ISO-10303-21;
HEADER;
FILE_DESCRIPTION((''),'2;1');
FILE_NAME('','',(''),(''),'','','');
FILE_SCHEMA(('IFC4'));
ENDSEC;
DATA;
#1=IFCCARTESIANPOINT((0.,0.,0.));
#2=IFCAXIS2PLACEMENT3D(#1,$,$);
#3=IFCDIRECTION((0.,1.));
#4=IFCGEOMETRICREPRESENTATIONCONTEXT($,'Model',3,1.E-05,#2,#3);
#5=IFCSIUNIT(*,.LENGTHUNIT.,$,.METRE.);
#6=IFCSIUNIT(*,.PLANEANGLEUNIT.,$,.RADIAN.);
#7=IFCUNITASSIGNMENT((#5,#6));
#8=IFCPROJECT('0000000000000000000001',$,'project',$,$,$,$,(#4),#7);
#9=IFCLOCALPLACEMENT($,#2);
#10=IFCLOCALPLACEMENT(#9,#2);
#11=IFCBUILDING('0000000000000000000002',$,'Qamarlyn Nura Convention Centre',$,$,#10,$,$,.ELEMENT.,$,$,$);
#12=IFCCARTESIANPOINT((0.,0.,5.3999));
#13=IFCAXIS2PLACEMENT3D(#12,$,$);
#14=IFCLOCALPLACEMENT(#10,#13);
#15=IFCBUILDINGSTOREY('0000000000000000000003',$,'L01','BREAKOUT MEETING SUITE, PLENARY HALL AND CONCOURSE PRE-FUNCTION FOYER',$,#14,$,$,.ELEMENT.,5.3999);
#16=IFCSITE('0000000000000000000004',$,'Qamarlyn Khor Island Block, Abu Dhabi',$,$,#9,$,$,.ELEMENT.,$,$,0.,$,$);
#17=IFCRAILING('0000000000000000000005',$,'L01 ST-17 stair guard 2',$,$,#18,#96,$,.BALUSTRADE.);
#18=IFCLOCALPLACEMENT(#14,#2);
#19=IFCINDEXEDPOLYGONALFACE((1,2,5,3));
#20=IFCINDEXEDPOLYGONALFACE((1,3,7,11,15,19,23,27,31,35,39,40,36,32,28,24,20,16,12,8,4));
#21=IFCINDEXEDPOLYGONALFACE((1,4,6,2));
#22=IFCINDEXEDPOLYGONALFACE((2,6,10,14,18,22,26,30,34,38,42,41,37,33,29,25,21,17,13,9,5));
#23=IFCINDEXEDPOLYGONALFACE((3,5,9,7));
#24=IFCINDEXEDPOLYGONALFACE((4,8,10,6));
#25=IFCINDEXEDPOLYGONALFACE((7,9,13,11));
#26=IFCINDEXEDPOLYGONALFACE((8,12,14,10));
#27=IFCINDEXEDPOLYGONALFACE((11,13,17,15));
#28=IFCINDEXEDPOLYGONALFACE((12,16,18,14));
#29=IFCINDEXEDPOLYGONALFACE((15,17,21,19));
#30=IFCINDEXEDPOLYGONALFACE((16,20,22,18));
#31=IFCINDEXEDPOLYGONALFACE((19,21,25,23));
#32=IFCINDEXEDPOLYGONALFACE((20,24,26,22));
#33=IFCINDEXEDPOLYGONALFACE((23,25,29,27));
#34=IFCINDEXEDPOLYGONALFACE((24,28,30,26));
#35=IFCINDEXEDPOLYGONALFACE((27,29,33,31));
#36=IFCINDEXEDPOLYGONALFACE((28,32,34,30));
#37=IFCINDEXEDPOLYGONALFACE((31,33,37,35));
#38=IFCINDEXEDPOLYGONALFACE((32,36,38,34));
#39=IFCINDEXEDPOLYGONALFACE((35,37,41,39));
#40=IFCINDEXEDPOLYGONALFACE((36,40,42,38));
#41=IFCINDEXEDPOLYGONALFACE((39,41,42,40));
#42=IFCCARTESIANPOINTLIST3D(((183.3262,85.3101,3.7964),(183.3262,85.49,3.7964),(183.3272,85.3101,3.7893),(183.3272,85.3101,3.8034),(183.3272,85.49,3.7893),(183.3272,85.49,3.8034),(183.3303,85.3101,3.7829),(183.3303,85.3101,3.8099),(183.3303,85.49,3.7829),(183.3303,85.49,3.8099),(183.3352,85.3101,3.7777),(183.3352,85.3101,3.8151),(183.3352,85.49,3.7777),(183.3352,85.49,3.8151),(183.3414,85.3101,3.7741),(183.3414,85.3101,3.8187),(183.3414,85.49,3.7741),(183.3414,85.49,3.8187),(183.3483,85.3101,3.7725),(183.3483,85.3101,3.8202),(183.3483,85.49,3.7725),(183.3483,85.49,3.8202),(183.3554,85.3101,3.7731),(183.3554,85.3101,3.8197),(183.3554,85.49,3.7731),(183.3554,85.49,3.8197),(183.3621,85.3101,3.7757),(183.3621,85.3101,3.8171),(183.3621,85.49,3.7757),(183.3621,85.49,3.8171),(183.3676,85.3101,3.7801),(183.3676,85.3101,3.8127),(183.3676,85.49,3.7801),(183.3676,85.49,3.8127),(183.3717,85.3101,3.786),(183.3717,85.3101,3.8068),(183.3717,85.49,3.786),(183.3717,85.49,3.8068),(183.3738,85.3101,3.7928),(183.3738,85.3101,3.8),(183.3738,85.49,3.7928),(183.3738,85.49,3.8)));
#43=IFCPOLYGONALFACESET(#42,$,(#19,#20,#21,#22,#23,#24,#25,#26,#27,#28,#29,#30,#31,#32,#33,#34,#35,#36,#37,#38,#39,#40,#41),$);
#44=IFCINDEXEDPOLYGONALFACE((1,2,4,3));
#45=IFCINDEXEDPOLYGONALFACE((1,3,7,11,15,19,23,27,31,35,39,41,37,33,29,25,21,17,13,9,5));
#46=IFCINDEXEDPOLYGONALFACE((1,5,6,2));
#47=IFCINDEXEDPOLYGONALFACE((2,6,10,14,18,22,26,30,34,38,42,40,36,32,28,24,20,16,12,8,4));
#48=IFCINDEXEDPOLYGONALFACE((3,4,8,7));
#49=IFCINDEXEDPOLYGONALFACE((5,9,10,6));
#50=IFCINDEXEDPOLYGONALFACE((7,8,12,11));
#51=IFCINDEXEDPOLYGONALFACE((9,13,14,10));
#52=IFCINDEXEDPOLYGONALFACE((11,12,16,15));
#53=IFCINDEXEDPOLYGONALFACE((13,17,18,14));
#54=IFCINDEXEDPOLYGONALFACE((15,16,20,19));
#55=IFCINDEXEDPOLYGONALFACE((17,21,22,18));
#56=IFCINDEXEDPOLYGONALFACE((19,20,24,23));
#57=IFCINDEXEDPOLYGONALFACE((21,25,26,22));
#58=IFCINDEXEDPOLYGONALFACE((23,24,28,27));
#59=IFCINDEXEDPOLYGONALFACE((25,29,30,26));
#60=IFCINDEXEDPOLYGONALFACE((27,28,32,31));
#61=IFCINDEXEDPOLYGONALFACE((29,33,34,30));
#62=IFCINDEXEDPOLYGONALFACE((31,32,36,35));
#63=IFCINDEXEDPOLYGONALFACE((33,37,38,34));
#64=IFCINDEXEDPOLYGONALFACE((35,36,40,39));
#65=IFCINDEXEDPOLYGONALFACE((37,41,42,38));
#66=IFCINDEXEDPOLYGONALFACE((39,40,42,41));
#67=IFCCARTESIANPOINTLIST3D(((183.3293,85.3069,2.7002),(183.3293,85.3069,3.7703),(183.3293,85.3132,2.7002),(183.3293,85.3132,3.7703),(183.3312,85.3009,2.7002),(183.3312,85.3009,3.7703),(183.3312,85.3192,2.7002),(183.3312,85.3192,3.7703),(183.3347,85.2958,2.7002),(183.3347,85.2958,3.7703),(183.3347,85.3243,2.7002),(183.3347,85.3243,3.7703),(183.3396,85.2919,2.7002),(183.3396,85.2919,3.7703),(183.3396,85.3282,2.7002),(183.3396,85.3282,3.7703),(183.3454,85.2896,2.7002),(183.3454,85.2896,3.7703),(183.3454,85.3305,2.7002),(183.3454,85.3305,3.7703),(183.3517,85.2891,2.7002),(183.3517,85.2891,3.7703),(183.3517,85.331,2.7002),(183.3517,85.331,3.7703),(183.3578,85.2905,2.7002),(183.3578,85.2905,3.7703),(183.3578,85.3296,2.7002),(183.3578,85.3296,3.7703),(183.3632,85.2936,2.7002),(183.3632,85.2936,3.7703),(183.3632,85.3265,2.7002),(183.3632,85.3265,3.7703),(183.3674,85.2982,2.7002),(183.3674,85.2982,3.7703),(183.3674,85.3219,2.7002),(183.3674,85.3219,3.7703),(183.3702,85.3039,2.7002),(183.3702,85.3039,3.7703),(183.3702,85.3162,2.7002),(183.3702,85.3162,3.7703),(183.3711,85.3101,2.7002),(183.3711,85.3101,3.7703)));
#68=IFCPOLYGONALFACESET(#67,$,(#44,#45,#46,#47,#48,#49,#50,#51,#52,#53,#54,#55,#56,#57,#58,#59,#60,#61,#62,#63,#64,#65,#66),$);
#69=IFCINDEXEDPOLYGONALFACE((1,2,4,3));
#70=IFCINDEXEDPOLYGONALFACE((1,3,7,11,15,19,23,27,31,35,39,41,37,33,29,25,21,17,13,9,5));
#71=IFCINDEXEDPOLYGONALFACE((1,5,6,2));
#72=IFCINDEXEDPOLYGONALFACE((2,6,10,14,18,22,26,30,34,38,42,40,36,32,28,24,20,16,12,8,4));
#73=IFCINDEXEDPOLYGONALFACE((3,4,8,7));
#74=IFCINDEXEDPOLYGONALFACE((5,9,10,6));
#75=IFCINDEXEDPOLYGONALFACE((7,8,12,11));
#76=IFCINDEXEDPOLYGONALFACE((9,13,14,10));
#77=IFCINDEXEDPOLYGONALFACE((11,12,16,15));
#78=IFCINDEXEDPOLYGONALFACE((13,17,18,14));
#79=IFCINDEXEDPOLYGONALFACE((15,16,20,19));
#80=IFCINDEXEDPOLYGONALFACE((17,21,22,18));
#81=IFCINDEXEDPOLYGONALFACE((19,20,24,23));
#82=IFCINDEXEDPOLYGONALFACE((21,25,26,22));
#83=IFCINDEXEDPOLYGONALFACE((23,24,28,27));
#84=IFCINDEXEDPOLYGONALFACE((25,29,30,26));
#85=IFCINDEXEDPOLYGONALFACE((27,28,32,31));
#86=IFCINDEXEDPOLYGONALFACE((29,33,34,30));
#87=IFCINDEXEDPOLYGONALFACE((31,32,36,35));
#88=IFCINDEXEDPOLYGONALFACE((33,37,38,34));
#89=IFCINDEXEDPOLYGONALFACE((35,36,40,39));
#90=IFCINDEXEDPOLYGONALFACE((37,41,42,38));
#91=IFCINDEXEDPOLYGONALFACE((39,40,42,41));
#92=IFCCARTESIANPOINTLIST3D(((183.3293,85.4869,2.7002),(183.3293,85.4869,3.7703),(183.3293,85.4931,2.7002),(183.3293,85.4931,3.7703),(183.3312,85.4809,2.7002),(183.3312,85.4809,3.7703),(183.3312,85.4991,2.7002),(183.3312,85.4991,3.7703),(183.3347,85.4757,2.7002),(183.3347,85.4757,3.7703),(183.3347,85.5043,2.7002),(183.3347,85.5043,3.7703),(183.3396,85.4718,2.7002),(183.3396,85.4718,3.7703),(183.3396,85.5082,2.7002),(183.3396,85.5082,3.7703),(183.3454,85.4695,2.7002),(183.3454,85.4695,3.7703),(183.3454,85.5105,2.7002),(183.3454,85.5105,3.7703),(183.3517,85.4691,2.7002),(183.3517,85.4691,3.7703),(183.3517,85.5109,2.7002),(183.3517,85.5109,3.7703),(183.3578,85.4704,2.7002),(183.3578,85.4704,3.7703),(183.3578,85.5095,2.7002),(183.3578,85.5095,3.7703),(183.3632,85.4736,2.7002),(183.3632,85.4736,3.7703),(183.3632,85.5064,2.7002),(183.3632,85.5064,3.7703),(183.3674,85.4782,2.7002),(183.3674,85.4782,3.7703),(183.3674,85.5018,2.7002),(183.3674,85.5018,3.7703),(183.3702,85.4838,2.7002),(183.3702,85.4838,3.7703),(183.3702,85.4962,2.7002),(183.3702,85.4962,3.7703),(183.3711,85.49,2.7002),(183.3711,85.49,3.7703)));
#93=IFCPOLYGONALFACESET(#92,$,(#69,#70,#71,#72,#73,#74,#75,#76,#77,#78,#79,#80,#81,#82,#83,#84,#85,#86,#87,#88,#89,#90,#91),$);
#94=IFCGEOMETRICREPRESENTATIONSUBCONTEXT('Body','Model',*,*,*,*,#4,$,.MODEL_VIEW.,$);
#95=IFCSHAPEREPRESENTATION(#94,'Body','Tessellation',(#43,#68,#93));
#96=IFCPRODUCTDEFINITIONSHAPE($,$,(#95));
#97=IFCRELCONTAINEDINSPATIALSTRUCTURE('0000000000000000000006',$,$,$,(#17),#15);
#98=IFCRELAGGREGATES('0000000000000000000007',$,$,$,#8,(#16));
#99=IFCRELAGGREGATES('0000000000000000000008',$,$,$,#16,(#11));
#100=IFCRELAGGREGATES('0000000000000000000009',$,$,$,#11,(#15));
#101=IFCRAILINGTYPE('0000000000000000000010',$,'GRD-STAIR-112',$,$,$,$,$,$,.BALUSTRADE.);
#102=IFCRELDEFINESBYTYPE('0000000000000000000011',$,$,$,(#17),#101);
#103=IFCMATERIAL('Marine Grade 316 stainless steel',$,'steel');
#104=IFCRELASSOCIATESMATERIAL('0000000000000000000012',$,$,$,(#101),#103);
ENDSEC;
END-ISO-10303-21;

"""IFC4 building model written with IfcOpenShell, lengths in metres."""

from ifc_helpers import new_model, si_unit, direction, frame, origin, origin_2d, place, context, subcontext, project, spatial, circle, extrude, material, type_object, element, save


model = new_model("IFC4")

# Units and contexts
model_context = context("Model", 3, precision=1e-05, world=origin(), true_north=direction((0.0, 1.0)))
body_context = subcontext(model_context, "Body", "Model", "MODEL_VIEW")
ifc_project = project(units=[si_unit("LENGTHUNIT", "METRE"), si_unit("PLANEANGLEUNIT", "RADIAN")], contexts=[model_context])

# Site, building, storey
site_placement = place(None, origin())
site = spatial("IfcSite", under=ifc_project, at=site_placement, Name="Qamarlyn Khor Island Block, Abu Dhabi", CompositionType="ELEMENT", RefElevation=0.0)
building_placement = place(site_placement, origin())
building = spatial("IfcBuilding", under=site, at=building_placement, Name="Qamarlyn Nura Convention Centre", CompositionType="ELEMENT")
storey_placement = place(building_placement, frame((0.0, 0.0, 5.3999)))
storey = spatial("IfcBuildingStorey", under=building, at=storey_placement, Name="L01", Description="BREAKOUT MEETING SUITE, PLENARY HALL AND CONCOURSE PRE-FUNCTION FOYER", CompositionType="ELEMENT", Elevation=5.3999)

# Railing
ifc_material_1 = material(Name="Marine Grade 316 stainless steel", Category="steel")
railing_type_1 = type_object("IfcRailingType", Name="GRD-STAIR-112", PredefinedType="BALUSTRADE", material=ifc_material_1)
railing_1_placement = place(storey_placement, frame((183.3501, 85.3101, 2.7002)))
element("IfcRailing", 1, at=railing_1_placement, inside=storey, type_object=railing_type_1, Name="L01 ST-17 stair guard 2", PredefinedType="BALUSTRADE", context=body_context, shape_type="SweptSolid", body=[
    extrude(circle(Radius=0.0239, at=origin_2d()), frame((0.0, 0.0, 1.0962), z_axis=(0.0, 1.0, 0.0), x_axis=(-1.0, 0.0, 0.0)), (0.0, 0.0, 1.0), 0.1799),
    extrude(circle(Radius=0.021, at=origin_2d()), origin(), (0.0, 0.0, 1.0), 1.0701),
    extrude(circle(Radius=0.021, at=origin_2d()), frame((0.0, 0.1799, 0.0)), (0.0, 0.0, 1.0), 1.0701),
])

save(model, "model.ifc")
